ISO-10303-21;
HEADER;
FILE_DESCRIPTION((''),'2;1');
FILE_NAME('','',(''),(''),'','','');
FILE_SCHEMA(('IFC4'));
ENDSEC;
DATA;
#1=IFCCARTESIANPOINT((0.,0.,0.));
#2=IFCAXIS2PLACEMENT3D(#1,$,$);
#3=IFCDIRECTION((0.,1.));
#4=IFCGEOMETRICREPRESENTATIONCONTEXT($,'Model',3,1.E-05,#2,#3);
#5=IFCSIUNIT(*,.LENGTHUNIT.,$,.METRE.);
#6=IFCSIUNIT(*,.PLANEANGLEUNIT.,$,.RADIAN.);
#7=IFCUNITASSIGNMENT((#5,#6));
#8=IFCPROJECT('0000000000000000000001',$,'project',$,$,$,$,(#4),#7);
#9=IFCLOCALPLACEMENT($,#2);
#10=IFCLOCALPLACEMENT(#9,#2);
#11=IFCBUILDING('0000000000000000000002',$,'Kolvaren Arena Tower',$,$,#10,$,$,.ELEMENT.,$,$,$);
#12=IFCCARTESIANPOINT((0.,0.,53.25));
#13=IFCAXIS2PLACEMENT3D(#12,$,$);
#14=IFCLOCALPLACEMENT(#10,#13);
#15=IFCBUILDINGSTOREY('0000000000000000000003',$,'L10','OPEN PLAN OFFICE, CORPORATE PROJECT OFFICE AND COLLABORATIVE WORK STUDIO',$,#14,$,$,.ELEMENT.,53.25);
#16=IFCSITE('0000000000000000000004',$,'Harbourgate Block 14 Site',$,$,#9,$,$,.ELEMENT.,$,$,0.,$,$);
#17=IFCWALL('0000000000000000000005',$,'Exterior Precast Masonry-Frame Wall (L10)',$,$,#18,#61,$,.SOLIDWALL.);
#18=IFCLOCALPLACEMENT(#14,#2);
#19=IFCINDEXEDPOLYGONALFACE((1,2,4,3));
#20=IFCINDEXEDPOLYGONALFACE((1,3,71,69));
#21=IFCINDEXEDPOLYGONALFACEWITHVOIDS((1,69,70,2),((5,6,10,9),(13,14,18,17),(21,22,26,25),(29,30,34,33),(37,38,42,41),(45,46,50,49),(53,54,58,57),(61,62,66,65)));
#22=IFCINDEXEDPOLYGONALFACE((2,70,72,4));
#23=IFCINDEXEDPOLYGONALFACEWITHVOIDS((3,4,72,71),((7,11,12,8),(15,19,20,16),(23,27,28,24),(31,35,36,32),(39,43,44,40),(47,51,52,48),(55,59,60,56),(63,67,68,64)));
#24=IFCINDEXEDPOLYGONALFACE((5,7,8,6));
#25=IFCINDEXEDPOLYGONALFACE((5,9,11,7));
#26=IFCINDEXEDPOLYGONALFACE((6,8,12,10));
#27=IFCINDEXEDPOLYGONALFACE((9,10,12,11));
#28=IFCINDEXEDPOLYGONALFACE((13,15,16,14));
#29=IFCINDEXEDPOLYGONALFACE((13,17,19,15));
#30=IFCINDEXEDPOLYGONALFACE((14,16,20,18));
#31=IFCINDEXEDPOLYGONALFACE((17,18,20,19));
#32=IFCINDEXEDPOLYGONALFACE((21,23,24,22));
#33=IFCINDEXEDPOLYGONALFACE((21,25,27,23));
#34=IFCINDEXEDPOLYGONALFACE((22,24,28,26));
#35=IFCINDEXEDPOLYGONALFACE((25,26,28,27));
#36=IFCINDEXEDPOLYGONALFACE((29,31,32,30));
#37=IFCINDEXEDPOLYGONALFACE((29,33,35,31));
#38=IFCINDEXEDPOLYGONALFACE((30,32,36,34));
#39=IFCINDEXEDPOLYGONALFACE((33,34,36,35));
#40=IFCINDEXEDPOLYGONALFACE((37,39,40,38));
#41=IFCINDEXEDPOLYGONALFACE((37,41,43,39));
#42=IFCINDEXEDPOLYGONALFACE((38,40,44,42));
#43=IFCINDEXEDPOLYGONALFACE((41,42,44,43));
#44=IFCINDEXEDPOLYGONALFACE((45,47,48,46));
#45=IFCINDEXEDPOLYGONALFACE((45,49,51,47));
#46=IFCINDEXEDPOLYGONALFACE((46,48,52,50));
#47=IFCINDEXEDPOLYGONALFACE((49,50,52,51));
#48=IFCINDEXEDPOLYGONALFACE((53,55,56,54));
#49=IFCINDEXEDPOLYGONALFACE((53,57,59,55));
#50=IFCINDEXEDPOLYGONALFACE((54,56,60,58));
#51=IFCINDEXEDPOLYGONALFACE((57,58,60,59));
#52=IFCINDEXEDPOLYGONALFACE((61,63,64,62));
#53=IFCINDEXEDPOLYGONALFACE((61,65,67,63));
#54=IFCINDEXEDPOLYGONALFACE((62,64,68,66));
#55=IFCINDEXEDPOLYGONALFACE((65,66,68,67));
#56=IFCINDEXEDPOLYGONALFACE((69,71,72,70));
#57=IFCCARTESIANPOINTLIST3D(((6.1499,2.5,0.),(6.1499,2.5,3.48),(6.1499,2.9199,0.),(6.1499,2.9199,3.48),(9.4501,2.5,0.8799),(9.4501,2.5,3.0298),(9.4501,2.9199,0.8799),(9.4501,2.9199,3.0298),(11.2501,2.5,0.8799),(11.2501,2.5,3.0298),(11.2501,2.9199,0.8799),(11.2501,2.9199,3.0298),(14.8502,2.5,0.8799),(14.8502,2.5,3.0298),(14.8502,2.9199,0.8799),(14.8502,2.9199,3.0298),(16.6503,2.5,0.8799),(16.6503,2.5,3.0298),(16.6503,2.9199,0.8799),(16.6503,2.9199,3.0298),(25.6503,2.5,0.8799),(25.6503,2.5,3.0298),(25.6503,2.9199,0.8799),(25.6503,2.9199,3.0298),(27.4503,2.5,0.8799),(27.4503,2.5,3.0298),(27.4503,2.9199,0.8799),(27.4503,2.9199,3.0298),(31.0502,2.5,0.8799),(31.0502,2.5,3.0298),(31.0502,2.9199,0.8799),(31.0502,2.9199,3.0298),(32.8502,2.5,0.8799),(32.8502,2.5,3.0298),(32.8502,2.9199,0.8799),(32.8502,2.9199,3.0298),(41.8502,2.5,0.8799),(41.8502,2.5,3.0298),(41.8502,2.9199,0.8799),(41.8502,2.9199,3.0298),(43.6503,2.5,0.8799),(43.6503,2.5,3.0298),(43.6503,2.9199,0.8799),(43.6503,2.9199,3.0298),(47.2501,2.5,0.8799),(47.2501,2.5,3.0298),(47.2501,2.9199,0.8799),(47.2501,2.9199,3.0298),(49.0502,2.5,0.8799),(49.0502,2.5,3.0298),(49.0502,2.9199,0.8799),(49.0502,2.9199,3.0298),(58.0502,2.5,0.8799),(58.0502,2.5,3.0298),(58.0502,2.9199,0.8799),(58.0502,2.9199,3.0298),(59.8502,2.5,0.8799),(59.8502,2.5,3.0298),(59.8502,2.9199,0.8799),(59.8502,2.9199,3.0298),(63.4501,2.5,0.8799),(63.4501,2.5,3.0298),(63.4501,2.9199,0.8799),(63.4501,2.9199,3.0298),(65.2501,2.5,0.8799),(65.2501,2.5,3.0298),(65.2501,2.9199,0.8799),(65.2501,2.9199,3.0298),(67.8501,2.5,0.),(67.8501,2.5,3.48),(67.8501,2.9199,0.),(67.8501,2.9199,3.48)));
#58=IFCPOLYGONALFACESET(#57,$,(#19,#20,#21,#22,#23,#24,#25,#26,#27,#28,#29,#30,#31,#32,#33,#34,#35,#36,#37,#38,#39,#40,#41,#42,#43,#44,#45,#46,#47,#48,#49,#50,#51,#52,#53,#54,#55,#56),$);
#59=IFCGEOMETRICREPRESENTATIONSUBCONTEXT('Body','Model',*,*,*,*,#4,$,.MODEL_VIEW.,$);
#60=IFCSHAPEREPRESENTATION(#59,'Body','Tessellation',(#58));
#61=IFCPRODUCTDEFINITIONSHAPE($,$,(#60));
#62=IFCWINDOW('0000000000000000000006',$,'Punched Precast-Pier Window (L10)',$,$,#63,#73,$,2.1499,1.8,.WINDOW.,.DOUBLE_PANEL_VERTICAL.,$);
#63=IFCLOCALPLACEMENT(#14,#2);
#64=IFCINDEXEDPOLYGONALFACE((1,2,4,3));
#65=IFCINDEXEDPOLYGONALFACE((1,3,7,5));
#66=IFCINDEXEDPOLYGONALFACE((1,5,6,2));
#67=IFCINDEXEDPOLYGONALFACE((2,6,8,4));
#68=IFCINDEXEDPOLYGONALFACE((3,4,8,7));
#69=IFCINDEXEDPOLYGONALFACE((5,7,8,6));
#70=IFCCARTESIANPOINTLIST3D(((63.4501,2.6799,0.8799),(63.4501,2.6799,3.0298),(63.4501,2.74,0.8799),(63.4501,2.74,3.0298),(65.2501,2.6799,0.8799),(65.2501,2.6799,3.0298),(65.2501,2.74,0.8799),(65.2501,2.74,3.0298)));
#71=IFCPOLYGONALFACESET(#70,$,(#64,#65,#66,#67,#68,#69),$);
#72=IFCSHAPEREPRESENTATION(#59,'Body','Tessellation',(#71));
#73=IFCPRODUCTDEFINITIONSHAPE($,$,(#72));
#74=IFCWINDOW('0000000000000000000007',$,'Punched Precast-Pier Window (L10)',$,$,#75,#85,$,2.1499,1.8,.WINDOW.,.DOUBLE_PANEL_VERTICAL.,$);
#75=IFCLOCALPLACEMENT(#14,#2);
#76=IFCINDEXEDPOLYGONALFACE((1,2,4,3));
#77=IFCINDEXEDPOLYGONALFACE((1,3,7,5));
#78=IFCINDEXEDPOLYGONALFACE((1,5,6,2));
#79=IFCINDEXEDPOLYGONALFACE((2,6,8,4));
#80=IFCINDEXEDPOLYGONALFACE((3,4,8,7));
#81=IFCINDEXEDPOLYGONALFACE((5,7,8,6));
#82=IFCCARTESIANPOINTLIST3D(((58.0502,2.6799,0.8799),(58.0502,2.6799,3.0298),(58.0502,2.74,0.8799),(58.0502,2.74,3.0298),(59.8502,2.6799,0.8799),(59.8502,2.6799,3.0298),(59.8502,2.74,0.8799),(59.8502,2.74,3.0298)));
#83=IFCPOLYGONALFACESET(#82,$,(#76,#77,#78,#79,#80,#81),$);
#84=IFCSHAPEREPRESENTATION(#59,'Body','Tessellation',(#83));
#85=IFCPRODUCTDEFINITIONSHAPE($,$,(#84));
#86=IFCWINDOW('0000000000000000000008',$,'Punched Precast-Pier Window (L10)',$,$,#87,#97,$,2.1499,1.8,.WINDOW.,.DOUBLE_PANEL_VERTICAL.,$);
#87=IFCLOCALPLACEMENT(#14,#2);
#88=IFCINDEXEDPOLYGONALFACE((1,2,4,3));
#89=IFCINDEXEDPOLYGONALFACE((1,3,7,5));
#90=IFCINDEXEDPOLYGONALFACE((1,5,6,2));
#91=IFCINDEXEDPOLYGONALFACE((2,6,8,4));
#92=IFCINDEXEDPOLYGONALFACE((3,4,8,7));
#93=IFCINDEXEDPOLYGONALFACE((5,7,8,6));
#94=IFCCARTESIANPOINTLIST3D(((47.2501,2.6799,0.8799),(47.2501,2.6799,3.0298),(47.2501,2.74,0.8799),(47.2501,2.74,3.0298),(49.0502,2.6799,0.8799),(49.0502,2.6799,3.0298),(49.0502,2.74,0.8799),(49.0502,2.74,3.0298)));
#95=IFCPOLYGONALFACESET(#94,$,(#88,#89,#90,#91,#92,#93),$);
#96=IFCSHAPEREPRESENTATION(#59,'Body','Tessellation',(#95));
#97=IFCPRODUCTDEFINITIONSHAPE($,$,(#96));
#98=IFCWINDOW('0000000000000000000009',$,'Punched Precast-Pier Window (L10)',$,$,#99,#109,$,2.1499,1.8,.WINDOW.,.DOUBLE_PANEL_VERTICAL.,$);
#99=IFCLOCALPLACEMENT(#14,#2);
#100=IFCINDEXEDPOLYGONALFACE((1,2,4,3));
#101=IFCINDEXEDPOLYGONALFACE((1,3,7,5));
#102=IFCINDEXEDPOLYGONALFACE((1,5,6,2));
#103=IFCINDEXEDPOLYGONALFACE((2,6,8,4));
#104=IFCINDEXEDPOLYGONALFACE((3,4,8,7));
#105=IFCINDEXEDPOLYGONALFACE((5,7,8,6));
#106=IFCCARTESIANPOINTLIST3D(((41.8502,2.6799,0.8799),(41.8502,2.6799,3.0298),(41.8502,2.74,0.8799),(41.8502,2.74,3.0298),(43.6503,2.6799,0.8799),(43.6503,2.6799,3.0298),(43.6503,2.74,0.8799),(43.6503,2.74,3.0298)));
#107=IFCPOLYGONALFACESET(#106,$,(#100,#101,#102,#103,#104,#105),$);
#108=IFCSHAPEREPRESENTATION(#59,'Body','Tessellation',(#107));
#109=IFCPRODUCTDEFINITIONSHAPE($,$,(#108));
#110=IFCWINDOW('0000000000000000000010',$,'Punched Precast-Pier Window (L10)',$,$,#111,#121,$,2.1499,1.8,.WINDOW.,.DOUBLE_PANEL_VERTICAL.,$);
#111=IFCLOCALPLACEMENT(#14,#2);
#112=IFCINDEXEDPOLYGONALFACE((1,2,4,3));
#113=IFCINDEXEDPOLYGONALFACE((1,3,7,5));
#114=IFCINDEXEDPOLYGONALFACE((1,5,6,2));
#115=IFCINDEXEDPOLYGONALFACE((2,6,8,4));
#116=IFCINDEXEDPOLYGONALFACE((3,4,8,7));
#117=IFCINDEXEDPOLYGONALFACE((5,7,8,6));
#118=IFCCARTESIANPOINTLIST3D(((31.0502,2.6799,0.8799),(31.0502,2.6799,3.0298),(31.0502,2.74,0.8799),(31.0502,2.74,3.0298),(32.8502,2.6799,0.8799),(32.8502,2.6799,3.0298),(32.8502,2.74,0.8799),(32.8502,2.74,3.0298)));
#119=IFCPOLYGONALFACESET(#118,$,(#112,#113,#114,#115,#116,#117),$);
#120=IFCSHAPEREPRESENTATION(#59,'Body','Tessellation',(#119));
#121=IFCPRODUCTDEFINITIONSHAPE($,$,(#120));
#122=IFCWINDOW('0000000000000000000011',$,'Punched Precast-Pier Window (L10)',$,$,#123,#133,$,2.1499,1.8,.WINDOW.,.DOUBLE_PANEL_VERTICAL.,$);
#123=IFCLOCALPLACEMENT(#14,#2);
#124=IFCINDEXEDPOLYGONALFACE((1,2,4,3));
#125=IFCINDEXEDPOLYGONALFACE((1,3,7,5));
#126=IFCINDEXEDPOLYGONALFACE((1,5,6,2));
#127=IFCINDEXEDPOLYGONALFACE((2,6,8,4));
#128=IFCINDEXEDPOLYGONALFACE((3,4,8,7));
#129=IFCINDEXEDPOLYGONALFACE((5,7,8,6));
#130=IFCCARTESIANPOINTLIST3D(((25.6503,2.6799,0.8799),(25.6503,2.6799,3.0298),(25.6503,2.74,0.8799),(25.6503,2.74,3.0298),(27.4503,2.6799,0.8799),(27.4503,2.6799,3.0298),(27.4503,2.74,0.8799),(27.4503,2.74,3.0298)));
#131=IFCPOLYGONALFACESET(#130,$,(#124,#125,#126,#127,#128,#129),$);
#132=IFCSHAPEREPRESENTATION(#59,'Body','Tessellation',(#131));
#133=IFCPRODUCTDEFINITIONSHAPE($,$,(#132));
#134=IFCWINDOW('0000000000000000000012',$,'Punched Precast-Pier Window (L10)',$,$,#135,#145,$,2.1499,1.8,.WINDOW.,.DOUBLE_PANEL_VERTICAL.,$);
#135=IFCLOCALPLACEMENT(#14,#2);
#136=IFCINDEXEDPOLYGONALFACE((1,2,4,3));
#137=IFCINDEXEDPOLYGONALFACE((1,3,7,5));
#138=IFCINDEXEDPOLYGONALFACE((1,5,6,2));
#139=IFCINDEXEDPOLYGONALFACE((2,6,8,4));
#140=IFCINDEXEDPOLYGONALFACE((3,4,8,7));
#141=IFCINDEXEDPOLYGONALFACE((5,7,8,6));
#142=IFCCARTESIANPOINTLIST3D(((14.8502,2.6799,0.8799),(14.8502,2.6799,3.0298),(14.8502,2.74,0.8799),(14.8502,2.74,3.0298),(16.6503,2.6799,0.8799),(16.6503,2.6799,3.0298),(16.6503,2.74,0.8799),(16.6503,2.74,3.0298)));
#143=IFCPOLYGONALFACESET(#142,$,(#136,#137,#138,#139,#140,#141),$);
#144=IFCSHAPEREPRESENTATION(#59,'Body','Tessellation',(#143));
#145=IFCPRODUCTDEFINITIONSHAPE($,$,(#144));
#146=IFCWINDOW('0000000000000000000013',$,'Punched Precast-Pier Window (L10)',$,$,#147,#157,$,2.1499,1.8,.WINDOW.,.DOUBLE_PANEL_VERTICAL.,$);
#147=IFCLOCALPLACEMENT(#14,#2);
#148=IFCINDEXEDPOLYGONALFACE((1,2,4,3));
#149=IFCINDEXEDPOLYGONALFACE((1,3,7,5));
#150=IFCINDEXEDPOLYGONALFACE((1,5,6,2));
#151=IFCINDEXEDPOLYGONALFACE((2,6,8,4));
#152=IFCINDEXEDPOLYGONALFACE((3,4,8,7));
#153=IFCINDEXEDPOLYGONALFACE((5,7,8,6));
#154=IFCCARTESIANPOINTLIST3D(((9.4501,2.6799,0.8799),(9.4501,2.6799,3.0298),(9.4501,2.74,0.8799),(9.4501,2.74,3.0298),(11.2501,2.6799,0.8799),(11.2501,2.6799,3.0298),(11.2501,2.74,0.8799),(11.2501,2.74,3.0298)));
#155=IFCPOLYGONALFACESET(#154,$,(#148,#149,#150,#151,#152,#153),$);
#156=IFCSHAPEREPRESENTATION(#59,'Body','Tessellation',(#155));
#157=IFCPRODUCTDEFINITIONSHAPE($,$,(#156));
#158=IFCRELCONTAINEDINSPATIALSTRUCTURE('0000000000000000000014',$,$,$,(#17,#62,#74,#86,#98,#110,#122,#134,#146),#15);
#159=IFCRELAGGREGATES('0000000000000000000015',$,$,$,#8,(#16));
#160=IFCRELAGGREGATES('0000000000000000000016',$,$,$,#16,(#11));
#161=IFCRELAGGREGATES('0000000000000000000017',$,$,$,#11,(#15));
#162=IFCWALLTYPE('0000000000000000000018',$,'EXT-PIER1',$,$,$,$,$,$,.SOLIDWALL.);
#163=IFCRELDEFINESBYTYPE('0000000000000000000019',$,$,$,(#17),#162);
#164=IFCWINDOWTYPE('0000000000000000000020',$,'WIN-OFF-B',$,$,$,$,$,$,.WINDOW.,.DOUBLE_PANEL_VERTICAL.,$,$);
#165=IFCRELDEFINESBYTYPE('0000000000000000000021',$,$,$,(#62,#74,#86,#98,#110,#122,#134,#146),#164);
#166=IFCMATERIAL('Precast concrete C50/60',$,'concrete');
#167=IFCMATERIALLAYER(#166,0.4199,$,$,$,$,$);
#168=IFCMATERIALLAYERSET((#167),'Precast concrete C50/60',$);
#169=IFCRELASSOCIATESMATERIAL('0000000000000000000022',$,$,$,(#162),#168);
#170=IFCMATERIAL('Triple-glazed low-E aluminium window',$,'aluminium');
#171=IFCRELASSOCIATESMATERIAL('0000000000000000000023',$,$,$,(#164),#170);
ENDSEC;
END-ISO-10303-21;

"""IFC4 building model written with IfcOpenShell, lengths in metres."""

from ifc_helpers import new_model, si_unit, direction, frame, frame_2d, origin, place, context, subcontext, project, spatial, rectangle, extrude, material, layer, layer_set, type_object, element, fill, save


model = new_model("IFC4")

# Units and contexts
model_context = context("Model", 3, precision=1e-05, world=origin(), true_north=direction((0.0, 1.0)))
body_context = subcontext(model_context, "Body", "Model", "MODEL_VIEW")
ifc_project = project(units=[si_unit("LENGTHUNIT", "METRE"), si_unit("PLANEANGLEUNIT", "RADIAN")], contexts=[model_context])

# Site, building, storey
site_placement = place(None, origin())
site = spatial("IfcSite", under=ifc_project, at=site_placement, Name="Harbourgate Block 14 Site", CompositionType="ELEMENT", RefElevation=0.0)
building_placement = place(site_placement, origin())
building = spatial("IfcBuilding", under=site, at=building_placement, Name="Kolvaren Arena Tower", CompositionType="ELEMENT")
storey_placement = place(building_placement, frame((0.0, 0.0, 53.25)))
storey = spatial("IfcBuildingStorey", under=building, at=storey_placement, Name="L10", Description="OPEN PLAN OFFICE, CORPORATE PROJECT OFFICE AND COLLABORATIVE WORK STUDIO", CompositionType="ELEMENT", Elevation=53.25)

# Shared definitions
ifc_material_1 = material(Name="Precast concrete C50/60", Category="concrete")
ifc_layer_1 = layer(ifc_material_1, 0.4199)
ifc_layer_set_1 = layer_set([ifc_layer_1], Name="Precast concrete C50/60")
wall_type_1 = type_object("IfcWallType", Name="EXT-PIER1", PredefinedType="SOLIDWALL", material=ifc_layer_set_1)

# Wall, openings, windows
wall_1_placement = place(storey_placement, frame((67.8501, 2.71, 0.0), z_axis=(0.0, 0.0, 1.0), x_axis=(-1.0, 0.0, 0.0)))
wall_1 = element("IfcWall", 1, at=wall_1_placement, inside=storey, type_object=wall_type_1, Name="Exterior Precast Masonry-Frame Wall (L10)", PredefinedType="SOLIDWALL", context=body_context, shape_type="SweptSolid", body=[
    extrude(rectangle(XDim=61.7002, YDim=0.4199, at=frame_2d((30.8501, 0.0))), origin(), (0.0, 0.0, 1.0), 3.48),
])
opening_1_placement = place(wall_1_placement, frame((2.6001, 0.0, 0.8799)))
opening_1 = element("IfcOpeningElement", 2, at=opening_1_placement, cuts=wall_1, PredefinedType="OPENING", context=body_context, shape_type="SweptSolid", body=[
    extrude(rectangle(XDim=1.8, YDim=2.1499, at=frame_2d((0.8999, 1.075))), frame((0.0, 0.22, 0.0), z_axis=(0.0, -1.0, 0.0), x_axis=(1.0, 0.0, 0.0)), (0.0, 0.0, 1.0), 0.4399),
])
opening_2_placement = place(wall_1_placement, frame((8.0, 0.0, 0.8799)))
opening_2 = element("IfcOpeningElement", 3, at=opening_2_placement, cuts=wall_1, PredefinedType="OPENING", context=body_context, shape_type="SweptSolid", body=[
    extrude(rectangle(XDim=1.8, YDim=2.1499, at=frame_2d((0.8999, 1.075))), frame((0.0, 0.22, 0.0), z_axis=(0.0, -1.0, 0.0), x_axis=(1.0, 0.0, 0.0)), (0.0, 0.0, 1.0), 0.4399),
])
opening_3_placement = place(wall_1_placement, frame((18.8, 0.0, 0.8799)))
opening_3 = element("IfcOpeningElement", 4, at=opening_3_placement, cuts=wall_1, PredefinedType="OPENING", context=body_context, shape_type="SweptSolid", body=[
    extrude(rectangle(XDim=1.8, YDim=2.1499, at=frame_2d((0.8999, 1.075))), frame((0.0, 0.22, 0.0), z_axis=(0.0, -1.0, 0.0), x_axis=(1.0, 0.0, 0.0)), (0.0, 0.0, 1.0), 0.4399),
])
opening_4_placement = place(wall_1_placement, frame((24.2, 0.0, 0.8799)))
opening_4 = element("IfcOpeningElement", 5, at=opening_4_placement, cuts=wall_1, PredefinedType="OPENING", context=body_context, shape_type="SweptSolid", body=[
    extrude(rectangle(XDim=1.8, YDim=2.1499, at=frame_2d((0.8999, 1.075))), frame((0.0, 0.22, 0.0), z_axis=(0.0, -1.0, 0.0), x_axis=(1.0, 0.0, 0.0)), (0.0, 0.0, 1.0), 0.4399),
])
opening_5_placement = place(wall_1_placement, frame((35.0, 0.0, 0.8799)))
opening_5 = element("IfcOpeningElement", 6, at=opening_5_placement, cuts=wall_1, PredefinedType="OPENING", context=body_context, shape_type="SweptSolid", body=[
    extrude(rectangle(XDim=1.8, YDim=2.1499, at=frame_2d((0.8999, 1.075))), frame((0.0, 0.22, 0.0), z_axis=(0.0, -1.0, 0.0), x_axis=(1.0, 0.0, 0.0)), (0.0, 0.0, 1.0), 0.4399),
])
opening_6_placement = place(wall_1_placement, frame((40.3999, 0.0, 0.8799)))
opening_6 = element("IfcOpeningElement", 7, at=opening_6_placement, cuts=wall_1, PredefinedType="OPENING", context=body_context, shape_type="SweptSolid", body=[
    extrude(rectangle(XDim=1.8, YDim=2.1499, at=frame_2d((0.8999, 1.075))), frame((0.0, 0.22, 0.0), z_axis=(0.0, -1.0, 0.0), x_axis=(1.0, 0.0, 0.0)), (0.0, 0.0, 1.0), 0.4399),
])
opening_7_placement = place(wall_1_placement, frame((51.2, 0.0, 0.8799)))
opening_7 = element("IfcOpeningElement", 8, at=opening_7_placement, cuts=wall_1, PredefinedType="OPENING", context=body_context, shape_type="SweptSolid", body=[
    extrude(rectangle(XDim=1.8, YDim=2.1499, at=frame_2d((0.8999, 1.075))), frame((0.0, 0.22, 0.0), z_axis=(0.0, -1.0, 0.0), x_axis=(1.0, 0.0, 0.0)), (0.0, 0.0, 1.0), 0.4399),
])
opening_8_placement = place(wall_1_placement, frame((56.6001, 0.0, 0.8799)))
opening_8 = element("IfcOpeningElement", 9, at=opening_8_placement, cuts=wall_1, PredefinedType="OPENING", context=body_context, shape_type="SweptSolid", body=[
    extrude(rectangle(XDim=1.8, YDim=2.1499, at=frame_2d((0.8999, 1.075))), frame((0.0, 0.22, 0.0), z_axis=(0.0, -1.0, 0.0), x_axis=(1.0, 0.0, 0.0)), (0.0, 0.0, 1.0), 0.4399),
])
ifc_material_2 = material(Name="Triple-glazed low-E aluminium window", Category="aluminium")
window_type = type_object("IfcWindowType", Name="WIN-OFF-B", PartitioningType="DOUBLE_PANEL_VERTICAL", PredefinedType="WINDOW", material=ifc_material_2)
window_1_placement = place(opening_1_placement, origin())
window_1 = element("IfcWindow", 10, at=window_1_placement, inside=storey, type_object=window_type, Name="Punched Precast-Pier Window (L10)", OverallHeight=2.1499, OverallWidth=1.8, PartitioningType="DOUBLE_PANEL_VERTICAL", PredefinedType="WINDOW", context=body_context, shape_type="SweptSolid", body=[
    extrude(rectangle(XDim=1.8, YDim=2.1499, at=frame_2d((0.8999, 1.075))), frame((0.0, 0.03, 0.0), z_axis=(0.0, -1.0, 0.0), x_axis=(1.0, 0.0, 0.0)), (0.0, 0.0, 1.0), 0.0601),
])
fill(opening_1, window_1)
window_2_placement = place(opening_2_placement, origin())
window_2 = element("IfcWindow", 11, at=window_2_placement, inside=storey, type_object=window_type, Name="Punched Precast-Pier Window (L10)", OverallHeight=2.1499, OverallWidth=1.8, PartitioningType="DOUBLE_PANEL_VERTICAL", PredefinedType="WINDOW", context=body_context, shape_type="SweptSolid", body=[
    extrude(rectangle(XDim=1.8, YDim=2.1499, at=frame_2d((0.8999, 1.075))), frame((0.0, 0.03, 0.0), z_axis=(0.0, -1.0, 0.0), x_axis=(1.0, 0.0, 0.0)), (0.0, 0.0, 1.0), 0.0601),
])
fill(opening_2, window_2)
window_3_placement = place(opening_3_placement, origin())
window_3 = element("IfcWindow", 12, at=window_3_placement, inside=storey, type_object=window_type, Name="Punched Precast-Pier Window (L10)", OverallHeight=2.1499, OverallWidth=1.8, PartitioningType="DOUBLE_PANEL_VERTICAL", PredefinedType="WINDOW", context=body_context, shape_type="SweptSolid", body=[
    extrude(rectangle(XDim=1.8, YDim=2.1499, at=frame_2d((0.8999, 1.075))), frame((0.0, 0.03, 0.0), z_axis=(0.0, -1.0, 0.0), x_axis=(1.0, 0.0, 0.0)), (0.0, 0.0, 1.0), 0.0601),
])
fill(opening_3, window_3)
window_4_placement = place(opening_4_placement, origin())
window_4 = element("IfcWindow", 13, at=window_4_placement, inside=storey, type_object=window_type, Name="Punched Precast-Pier Window (L10)", OverallHeight=2.1499, OverallWidth=1.8, PartitioningType="DOUBLE_PANEL_VERTICAL", PredefinedType="WINDOW", context=body_context, shape_type="SweptSolid", body=[
    extrude(rectangle(XDim=1.8, YDim=2.1499, at=frame_2d((0.8999, 1.075))), frame((0.0, 0.03, 0.0), z_axis=(0.0, -1.0, 0.0), x_axis=(1.0, 0.0, 0.0)), (0.0, 0.0, 1.0), 0.0601),
])
fill(opening_4, window_4)
window_5_placement = place(opening_5_placement, origin())
window_5 = element("IfcWindow", 14, at=window_5_placement, inside=storey, type_object=window_type, Name="Punched Precast-Pier Window (L10)", OverallHeight=2.1499, OverallWidth=1.8, PartitioningType="DOUBLE_PANEL_VERTICAL", PredefinedType="WINDOW", context=body_context, shape_type="SweptSolid", body=[
    extrude(rectangle(XDim=1.8, YDim=2.1499, at=frame_2d((0.8999, 1.075))), frame((0.0, 0.03, 0.0), z_axis=(0.0, -1.0, 0.0), x_axis=(1.0, 0.0, 0.0)), (0.0, 0.0, 1.0), 0.0601),
])
fill(opening_5, window_5)
window_6_placement = place(opening_6_placement, origin())
window_6 = element("IfcWindow", 15, at=window_6_placement, inside=storey, type_object=window_type, Name="Punched Precast-Pier Window (L10)", OverallHeight=2.1499, OverallWidth=1.8, PartitioningType="DOUBLE_PANEL_VERTICAL", PredefinedType="WINDOW", context=body_context, shape_type="SweptSolid", body=[
    extrude(rectangle(XDim=1.8, YDim=2.1499, at=frame_2d((0.8999, 1.075))), frame((0.0, 0.03, 0.0), z_axis=(0.0, -1.0, 0.0), x_axis=(1.0, 0.0, 0.0)), (0.0, 0.0, 1.0), 0.0601),
])
fill(opening_6, window_6)
window_7_placement = place(opening_7_placement, origin())
window_7 = element("IfcWindow", 16, at=window_7_placement, inside=storey, type_object=window_type, Name="Punched Precast-Pier Window (L10)", OverallHeight=2.1499, OverallWidth=1.8, PartitioningType="DOUBLE_PANEL_VERTICAL", PredefinedType="WINDOW", context=body_context, shape_type="SweptSolid", body=[
    extrude(rectangle(XDim=1.8, YDim=2.1499, at=frame_2d((0.8999, 1.075))), frame((0.0, 0.03, 0.0), z_axis=(0.0, -1.0, 0.0), x_axis=(1.0, 0.0, 0.0)), (0.0, 0.0, 1.0), 0.0601),
])
fill(opening_7, window_7)
window_8_placement = place(opening_8_placement, origin())
window_8 = element("IfcWindow", 17, at=window_8_placement, inside=storey, type_object=window_type, Name="Punched Precast-Pier Window (L10)", OverallHeight=2.1499, OverallWidth=1.8, PartitioningType="DOUBLE_PANEL_VERTICAL", PredefinedType="WINDOW", context=body_context, shape_type="SweptSolid", body=[
    extrude(rectangle(XDim=1.8, YDim=2.1499, at=frame_2d((0.8999, 1.075))), frame((0.0, 0.03, 0.0), z_axis=(0.0, -1.0, 0.0), x_axis=(1.0, 0.0, 0.0)), (0.0, 0.0, 1.0), 0.0601),
])
fill(opening_8, window_8)

save(model, "model.ifc")
